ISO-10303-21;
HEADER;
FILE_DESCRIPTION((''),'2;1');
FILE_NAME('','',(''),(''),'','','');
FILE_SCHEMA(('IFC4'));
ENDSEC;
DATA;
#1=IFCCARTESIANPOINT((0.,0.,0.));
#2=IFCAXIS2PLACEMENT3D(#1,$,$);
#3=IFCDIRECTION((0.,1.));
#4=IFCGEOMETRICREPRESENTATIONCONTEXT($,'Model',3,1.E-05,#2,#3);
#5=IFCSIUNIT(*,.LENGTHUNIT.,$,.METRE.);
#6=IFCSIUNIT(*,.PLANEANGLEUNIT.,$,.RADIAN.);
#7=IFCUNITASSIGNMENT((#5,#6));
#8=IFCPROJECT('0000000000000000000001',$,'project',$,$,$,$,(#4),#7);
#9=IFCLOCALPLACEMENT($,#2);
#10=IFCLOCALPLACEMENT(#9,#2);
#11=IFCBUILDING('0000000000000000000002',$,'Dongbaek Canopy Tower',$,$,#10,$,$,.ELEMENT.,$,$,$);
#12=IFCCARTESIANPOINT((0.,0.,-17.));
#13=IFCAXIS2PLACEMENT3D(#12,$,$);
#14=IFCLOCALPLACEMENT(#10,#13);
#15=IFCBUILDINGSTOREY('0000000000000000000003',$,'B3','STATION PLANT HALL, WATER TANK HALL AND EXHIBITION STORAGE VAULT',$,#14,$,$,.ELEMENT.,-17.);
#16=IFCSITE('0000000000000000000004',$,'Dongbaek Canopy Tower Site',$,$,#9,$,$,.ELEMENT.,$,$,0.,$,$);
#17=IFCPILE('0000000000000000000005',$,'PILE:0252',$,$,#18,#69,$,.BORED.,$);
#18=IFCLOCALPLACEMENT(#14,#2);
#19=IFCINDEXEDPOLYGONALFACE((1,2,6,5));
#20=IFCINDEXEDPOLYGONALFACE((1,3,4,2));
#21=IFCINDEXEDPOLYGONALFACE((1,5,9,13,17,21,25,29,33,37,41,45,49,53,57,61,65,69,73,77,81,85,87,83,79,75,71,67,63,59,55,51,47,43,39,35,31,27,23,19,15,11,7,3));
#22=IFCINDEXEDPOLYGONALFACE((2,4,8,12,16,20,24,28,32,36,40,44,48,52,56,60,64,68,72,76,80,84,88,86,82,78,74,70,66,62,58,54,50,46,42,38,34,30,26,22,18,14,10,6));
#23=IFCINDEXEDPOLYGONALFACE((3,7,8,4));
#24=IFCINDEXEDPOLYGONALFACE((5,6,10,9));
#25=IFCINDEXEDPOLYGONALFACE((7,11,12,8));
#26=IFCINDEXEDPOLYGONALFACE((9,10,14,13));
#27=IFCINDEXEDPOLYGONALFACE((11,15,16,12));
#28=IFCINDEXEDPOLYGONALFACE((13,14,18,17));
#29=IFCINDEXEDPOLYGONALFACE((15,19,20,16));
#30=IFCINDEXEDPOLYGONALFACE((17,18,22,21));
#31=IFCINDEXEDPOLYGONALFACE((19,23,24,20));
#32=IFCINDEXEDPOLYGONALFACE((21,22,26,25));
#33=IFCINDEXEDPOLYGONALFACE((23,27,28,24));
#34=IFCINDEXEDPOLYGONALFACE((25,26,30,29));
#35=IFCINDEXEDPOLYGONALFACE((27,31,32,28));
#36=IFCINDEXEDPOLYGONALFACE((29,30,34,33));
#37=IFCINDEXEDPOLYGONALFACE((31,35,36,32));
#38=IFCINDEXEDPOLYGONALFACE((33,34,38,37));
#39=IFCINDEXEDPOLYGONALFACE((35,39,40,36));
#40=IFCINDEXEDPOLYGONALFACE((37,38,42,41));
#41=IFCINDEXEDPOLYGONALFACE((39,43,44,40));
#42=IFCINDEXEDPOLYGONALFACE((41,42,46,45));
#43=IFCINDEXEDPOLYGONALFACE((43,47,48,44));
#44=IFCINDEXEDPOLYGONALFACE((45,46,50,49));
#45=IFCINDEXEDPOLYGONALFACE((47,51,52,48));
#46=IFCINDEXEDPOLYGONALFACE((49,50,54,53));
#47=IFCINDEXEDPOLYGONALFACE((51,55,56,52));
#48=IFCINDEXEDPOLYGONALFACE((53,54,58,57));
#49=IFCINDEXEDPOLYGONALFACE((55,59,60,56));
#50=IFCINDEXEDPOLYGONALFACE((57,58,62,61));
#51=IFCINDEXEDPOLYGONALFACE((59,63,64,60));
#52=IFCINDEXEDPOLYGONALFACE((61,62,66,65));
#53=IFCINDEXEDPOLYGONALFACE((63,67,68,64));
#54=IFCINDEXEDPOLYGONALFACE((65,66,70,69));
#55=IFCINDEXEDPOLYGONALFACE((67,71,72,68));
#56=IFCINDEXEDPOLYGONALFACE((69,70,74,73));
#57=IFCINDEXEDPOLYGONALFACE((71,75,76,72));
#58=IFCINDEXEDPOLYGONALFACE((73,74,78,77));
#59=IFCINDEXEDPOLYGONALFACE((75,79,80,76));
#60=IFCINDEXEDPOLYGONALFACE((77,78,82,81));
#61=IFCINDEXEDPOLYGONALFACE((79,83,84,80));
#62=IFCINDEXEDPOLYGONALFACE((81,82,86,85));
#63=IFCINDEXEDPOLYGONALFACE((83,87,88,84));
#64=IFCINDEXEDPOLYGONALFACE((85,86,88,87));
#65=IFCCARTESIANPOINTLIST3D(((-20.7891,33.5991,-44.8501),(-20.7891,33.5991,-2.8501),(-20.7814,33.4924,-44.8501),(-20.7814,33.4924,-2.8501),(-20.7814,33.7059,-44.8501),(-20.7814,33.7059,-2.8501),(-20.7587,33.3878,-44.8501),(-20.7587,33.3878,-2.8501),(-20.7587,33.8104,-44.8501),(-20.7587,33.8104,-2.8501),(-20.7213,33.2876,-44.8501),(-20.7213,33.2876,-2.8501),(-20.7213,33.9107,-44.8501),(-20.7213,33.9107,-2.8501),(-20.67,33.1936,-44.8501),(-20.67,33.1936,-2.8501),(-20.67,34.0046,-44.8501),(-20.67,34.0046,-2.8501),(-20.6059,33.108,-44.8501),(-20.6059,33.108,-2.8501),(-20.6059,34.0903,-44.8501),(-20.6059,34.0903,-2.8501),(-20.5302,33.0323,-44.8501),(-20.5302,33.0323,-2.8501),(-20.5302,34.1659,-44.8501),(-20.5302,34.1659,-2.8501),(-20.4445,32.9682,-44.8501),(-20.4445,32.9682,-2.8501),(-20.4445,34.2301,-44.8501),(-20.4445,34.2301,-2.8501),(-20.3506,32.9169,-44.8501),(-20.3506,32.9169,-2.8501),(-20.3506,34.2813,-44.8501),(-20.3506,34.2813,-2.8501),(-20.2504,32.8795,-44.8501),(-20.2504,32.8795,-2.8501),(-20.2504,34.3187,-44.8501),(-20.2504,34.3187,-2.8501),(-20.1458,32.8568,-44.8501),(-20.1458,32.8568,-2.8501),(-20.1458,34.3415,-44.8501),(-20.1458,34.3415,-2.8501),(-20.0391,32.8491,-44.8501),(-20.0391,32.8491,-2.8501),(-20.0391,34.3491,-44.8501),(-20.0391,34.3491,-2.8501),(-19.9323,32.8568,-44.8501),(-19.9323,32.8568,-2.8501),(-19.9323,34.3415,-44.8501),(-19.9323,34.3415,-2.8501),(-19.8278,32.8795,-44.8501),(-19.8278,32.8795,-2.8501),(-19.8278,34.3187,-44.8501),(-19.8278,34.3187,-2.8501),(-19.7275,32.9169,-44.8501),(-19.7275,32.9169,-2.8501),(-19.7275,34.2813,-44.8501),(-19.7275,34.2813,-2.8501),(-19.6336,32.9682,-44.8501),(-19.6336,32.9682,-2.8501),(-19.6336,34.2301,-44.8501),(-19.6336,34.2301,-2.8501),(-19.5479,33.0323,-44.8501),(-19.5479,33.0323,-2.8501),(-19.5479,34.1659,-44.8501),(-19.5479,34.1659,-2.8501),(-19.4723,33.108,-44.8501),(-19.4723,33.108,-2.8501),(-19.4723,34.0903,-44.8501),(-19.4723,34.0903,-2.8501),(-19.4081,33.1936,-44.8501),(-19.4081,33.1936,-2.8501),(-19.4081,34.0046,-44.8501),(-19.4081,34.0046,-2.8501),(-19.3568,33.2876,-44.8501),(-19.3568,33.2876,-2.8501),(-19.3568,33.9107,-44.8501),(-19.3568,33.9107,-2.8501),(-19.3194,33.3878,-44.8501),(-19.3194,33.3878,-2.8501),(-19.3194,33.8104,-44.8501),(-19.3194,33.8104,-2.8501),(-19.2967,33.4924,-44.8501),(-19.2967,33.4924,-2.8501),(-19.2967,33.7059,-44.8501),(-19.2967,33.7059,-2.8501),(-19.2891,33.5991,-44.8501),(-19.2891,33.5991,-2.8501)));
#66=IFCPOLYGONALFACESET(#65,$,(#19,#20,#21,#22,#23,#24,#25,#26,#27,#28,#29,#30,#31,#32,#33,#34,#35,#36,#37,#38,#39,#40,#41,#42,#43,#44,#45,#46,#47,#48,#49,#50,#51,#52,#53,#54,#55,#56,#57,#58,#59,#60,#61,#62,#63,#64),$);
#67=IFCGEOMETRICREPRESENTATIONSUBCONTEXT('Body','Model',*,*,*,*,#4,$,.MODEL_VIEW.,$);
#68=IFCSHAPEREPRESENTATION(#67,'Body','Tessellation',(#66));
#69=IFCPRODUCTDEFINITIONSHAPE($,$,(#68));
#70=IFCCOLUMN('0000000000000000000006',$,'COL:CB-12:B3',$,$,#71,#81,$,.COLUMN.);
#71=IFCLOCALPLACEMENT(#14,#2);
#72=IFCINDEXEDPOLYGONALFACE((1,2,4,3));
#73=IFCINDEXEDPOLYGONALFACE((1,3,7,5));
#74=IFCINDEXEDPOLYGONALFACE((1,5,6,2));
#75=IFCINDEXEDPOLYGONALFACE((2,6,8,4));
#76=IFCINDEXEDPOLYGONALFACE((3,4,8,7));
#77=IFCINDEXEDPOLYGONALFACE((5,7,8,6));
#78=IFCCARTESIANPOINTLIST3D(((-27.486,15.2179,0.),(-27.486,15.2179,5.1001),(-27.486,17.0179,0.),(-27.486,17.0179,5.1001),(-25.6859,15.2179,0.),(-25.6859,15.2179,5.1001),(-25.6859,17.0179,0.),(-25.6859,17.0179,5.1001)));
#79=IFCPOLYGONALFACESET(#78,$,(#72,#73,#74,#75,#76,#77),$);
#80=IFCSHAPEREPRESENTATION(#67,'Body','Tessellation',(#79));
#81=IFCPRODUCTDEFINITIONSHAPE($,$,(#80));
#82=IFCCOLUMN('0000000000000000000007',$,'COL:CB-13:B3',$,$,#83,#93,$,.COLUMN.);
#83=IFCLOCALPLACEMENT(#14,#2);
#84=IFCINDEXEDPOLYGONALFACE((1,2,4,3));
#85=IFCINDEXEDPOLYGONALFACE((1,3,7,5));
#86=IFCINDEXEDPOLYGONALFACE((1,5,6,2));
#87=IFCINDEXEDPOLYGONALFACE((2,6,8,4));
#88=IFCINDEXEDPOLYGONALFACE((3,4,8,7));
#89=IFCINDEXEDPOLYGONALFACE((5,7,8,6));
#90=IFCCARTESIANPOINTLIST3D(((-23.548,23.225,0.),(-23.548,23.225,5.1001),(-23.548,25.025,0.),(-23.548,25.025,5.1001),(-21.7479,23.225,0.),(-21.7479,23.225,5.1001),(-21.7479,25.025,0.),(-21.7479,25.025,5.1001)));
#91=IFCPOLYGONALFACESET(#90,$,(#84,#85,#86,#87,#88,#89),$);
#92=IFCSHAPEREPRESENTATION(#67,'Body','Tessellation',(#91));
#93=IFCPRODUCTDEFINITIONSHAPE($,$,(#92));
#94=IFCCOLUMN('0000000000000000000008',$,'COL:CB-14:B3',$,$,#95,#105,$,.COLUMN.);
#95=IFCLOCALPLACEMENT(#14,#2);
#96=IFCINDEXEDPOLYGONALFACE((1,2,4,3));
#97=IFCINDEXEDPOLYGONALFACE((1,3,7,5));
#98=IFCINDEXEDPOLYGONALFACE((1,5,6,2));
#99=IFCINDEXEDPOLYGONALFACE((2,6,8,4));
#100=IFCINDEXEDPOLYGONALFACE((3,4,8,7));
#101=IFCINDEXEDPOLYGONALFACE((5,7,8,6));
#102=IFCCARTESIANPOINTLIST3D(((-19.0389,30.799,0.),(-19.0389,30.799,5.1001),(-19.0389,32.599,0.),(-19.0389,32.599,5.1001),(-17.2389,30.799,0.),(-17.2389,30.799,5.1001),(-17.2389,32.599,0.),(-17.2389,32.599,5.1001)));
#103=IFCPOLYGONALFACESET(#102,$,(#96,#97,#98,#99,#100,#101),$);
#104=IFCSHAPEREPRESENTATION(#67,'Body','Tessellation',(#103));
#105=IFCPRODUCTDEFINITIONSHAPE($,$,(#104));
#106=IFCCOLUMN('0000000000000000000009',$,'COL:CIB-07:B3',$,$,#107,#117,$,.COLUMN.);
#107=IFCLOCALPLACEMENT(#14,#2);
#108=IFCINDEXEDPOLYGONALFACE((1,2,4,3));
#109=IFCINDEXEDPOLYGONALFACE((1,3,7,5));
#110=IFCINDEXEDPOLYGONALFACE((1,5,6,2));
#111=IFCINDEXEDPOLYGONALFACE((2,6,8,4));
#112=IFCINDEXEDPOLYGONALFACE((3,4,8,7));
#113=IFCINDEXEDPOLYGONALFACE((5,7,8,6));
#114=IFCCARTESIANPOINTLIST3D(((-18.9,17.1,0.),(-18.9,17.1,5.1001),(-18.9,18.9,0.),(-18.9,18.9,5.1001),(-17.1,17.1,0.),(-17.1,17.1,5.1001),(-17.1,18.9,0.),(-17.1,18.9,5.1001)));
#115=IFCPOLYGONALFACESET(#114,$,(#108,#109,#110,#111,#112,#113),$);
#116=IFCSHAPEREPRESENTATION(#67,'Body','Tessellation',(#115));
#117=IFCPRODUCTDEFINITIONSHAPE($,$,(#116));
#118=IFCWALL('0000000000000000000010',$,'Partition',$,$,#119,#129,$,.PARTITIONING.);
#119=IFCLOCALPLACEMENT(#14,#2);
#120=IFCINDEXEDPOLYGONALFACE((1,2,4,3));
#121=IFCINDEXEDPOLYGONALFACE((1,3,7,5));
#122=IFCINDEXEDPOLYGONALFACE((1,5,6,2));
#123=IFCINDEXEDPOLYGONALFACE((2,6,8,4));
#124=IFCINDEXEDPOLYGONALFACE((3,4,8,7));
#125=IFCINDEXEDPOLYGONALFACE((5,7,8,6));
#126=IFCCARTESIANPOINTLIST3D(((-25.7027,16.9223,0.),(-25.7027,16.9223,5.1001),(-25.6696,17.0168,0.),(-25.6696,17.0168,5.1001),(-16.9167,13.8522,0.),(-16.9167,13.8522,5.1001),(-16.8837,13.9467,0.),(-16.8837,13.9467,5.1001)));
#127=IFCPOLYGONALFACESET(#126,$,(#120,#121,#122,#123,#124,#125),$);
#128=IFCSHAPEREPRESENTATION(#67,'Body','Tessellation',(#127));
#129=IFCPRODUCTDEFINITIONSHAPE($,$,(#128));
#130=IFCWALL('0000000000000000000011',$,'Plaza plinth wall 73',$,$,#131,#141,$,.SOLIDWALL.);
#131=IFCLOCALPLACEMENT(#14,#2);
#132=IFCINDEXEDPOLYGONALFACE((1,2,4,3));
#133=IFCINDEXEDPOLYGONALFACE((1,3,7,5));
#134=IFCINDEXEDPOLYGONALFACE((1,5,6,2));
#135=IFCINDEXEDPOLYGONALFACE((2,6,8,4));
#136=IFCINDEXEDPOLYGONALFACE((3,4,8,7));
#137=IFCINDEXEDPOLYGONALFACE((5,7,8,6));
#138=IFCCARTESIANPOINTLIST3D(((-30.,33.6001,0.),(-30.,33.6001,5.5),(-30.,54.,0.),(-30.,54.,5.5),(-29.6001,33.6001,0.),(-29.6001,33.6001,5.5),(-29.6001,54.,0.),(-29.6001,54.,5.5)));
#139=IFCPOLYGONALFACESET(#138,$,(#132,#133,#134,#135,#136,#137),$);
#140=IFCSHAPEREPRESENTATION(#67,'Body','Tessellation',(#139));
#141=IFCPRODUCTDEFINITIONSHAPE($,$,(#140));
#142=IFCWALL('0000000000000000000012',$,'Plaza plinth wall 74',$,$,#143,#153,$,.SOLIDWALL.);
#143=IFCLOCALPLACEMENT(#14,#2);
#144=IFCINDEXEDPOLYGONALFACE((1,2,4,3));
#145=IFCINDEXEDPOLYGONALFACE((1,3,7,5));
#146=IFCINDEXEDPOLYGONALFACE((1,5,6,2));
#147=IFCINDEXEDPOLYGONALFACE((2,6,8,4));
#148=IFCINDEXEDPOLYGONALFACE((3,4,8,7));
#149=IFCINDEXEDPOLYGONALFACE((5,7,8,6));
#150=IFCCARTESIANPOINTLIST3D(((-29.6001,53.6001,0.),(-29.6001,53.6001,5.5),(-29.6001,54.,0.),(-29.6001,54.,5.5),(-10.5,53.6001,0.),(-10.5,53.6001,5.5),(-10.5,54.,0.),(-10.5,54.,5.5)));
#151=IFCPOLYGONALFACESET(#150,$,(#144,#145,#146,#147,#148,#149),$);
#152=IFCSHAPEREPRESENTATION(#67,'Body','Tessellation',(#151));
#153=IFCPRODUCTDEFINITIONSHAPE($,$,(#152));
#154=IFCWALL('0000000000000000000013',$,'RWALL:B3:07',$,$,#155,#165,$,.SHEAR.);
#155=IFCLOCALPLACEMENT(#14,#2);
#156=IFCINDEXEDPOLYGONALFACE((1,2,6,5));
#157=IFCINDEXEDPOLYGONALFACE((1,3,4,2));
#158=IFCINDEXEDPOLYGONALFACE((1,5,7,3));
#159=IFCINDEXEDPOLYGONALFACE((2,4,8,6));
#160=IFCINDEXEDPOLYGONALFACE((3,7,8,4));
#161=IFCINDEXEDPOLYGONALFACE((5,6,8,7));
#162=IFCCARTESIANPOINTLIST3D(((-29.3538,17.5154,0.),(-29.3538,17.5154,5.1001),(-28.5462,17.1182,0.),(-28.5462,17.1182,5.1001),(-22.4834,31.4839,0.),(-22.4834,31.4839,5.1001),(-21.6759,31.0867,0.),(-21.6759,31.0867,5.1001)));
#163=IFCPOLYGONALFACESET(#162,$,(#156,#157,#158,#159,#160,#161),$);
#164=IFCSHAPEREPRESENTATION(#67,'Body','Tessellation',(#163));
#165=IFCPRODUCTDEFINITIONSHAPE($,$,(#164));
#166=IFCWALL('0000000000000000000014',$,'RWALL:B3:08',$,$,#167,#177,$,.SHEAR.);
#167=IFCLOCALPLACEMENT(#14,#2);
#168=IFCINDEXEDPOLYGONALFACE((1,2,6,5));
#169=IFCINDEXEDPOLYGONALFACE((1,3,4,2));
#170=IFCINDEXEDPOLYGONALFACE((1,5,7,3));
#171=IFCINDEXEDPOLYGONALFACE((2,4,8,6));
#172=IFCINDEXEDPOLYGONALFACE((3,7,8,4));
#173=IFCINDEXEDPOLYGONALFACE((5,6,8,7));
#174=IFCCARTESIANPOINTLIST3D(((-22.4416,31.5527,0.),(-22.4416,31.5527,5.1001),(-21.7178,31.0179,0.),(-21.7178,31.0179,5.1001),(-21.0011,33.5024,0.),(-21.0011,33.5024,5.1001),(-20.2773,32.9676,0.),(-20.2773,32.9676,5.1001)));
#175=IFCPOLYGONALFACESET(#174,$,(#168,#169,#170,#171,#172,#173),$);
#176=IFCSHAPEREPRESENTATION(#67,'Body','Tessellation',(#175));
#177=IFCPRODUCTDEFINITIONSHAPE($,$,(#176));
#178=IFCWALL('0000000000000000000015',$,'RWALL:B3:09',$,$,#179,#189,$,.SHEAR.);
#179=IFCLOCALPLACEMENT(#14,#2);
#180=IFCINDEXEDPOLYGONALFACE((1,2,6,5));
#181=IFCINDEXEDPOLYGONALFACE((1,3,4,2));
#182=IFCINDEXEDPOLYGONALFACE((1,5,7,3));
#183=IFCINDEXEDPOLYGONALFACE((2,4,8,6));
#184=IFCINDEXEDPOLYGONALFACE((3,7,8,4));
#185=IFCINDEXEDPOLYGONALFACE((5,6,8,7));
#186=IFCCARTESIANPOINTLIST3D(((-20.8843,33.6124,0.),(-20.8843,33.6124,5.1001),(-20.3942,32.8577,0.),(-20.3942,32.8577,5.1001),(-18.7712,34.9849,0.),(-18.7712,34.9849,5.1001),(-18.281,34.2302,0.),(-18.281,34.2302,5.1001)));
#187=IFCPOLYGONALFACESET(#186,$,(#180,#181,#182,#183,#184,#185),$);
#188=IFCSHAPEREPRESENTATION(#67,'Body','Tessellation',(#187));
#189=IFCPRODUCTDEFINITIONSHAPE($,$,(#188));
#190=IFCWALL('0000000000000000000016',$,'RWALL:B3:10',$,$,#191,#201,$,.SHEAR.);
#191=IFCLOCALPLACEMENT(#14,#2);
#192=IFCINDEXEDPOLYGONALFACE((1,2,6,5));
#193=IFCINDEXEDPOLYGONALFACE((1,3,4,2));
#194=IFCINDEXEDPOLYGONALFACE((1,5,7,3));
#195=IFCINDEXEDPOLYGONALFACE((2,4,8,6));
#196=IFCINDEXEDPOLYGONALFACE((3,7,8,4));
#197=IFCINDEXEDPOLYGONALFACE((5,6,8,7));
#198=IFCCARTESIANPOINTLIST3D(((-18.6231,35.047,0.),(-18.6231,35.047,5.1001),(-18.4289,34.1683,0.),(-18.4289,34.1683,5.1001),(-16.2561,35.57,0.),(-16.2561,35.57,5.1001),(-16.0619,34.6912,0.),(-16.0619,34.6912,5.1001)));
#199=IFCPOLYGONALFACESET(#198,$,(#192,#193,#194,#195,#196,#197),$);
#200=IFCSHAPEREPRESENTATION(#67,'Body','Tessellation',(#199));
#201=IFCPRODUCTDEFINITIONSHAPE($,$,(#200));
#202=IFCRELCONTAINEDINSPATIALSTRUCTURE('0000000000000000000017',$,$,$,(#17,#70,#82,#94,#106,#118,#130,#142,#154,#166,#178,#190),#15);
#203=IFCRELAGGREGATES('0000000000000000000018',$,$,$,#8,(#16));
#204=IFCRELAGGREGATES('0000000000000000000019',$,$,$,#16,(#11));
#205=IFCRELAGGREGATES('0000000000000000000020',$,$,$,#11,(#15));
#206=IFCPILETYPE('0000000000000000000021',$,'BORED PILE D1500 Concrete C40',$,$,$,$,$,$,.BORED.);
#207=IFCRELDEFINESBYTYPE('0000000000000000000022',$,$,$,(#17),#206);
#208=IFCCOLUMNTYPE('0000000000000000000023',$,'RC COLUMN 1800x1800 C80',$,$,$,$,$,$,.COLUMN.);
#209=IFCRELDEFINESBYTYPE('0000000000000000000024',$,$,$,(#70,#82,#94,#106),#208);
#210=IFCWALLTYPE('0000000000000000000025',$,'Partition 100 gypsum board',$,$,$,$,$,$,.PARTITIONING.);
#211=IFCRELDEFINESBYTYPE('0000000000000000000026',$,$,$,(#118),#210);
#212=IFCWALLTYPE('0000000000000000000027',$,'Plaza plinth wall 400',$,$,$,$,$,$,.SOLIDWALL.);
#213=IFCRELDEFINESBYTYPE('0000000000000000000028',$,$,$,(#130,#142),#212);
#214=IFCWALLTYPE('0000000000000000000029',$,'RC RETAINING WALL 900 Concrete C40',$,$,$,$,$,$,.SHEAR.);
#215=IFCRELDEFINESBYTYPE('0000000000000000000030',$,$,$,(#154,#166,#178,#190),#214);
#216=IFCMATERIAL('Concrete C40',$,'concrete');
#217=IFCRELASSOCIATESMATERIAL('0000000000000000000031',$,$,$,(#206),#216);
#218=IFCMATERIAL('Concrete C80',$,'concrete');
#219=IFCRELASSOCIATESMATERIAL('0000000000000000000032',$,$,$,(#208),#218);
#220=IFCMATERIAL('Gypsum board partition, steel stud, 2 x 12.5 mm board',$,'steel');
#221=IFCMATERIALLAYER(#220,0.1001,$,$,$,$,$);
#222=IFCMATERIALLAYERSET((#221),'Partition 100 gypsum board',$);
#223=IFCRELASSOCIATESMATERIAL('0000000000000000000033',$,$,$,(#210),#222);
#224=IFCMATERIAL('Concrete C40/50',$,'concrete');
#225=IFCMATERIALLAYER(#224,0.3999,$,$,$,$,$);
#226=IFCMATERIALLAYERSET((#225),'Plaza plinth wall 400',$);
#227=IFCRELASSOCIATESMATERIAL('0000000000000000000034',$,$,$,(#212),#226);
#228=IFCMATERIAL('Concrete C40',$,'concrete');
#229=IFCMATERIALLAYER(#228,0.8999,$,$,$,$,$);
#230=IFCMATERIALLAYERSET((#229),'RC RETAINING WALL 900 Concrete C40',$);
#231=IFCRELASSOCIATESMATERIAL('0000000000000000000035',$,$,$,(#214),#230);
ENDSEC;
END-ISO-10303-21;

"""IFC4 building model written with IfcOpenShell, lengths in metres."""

from ifc_helpers import new_model, si_unit, direction, frame, frame_2d, origin, origin_2d, place, context, subcontext, project, spatial, rectangle, circle, extrude, material, layer, layer_set, material_profile, profile_set, type_object, element, save


model = new_model("IFC4")

# Units and contexts
model_context = context("Model", 3, precision=1e-05, world=origin(), true_north=direction((0.0, 1.0)))
body_context = subcontext(model_context, "Body", "Model", "MODEL_VIEW")
ifc_project = project(units=[si_unit("LENGTHUNIT", "METRE"), si_unit("PLANEANGLEUNIT", "RADIAN")], contexts=[model_context])

# Site, building, storey
site_placement = place(None, origin())
site = spatial("IfcSite", under=ifc_project, at=site_placement, Name="Dongbaek Canopy Tower Site", CompositionType="ELEMENT", RefElevation=0.0)
building_placement = place(site_placement, origin())
building = spatial("IfcBuilding", under=site, at=building_placement, Name="Dongbaek Canopy Tower", CompositionType="ELEMENT")
storey_placement = place(building_placement, frame((0.0, 0.0, -17.0)))
storey = spatial("IfcBuildingStorey", under=building, at=storey_placement, Name="B3", Description="STATION PLANT HALL, WATER TANK HALL AND EXHIBITION STORAGE VAULT", CompositionType="ELEMENT", Elevation=-17.0)

# Pile
ifc_material_1 = material(Name="Concrete C40", Category="concrete")
ifc_material_profile_1 = material_profile(ifc_material_1, circle(Radius=0.75, at=origin_2d()), Name="BORED PILE D1500 Concrete C40")
ifc_profile_set_1 = profile_set([ifc_material_profile_1], Name="Concrete C40")
pile_type = type_object("IfcPileType", Name="BORED PILE D1500 Concrete C40", PredefinedType="BORED", material=ifc_profile_set_1)
for number, where, z_axis, x_axis, name in (
    (1, (-20.0391, 33.5991, -2.8501), (0.0, 0.0, -1.0), (1.0, 0.0, 0.0), "PILE:0252"),
):
    element("IfcPile", number, at=place(storey_placement, frame(where, z_axis=z_axis, x_axis=x_axis)), inside=storey, type_object=pile_type, Name=name, PredefinedType="BORED", context=body_context, shape_type="SweptSolid", body=[
        extrude(circle(Radius=0.75, at=origin_2d()), origin(), (0.0, 0.0, 1.0), 42.0),
    ])

# Columns
ifc_material_2 = material(Name="Concrete C80", Category="concrete")
ifc_material_profile_2 = material_profile(ifc_material_2, rectangle(XDim=1.8, YDim=1.8, at=origin_2d()), Name="RC COLUMN 1800x1800 C80")
ifc_profile_set_2 = profile_set([ifc_material_profile_2], Name="Concrete C80")
column_type = type_object("IfcColumnType", Name="RC COLUMN 1800x1800 C80", PredefinedType="COLUMN", material=ifc_profile_set_2)
for number, where, z_axis, x_axis, name in (
    (2, (-26.5859, 16.1179, 0.0), (0.0, 0.0, 1.0), (1.0, 0.0, 0.0), "COL:CB-12:B3"),
    (3, (-22.6479, 24.125, 0.0), (0.0, 0.0, 1.0), (1.0, 0.0, 0.0), "COL:CB-13:B3"),
    (4, (-18.1389, 31.699, 0.0), (0.0, 0.0, 1.0), (1.0, 0.0, 0.0), "COL:CB-14:B3"),
    (5, (-18.0, 18.0, 0.0), (0.0, 0.0, 1.0), (1.0, 0.0, 0.0), "COL:CIB-07:B3"),
):
    element("IfcColumn", number, at=place(storey_placement, frame(where, z_axis=z_axis, x_axis=x_axis)), inside=storey, type_object=column_type, Name=name, PredefinedType="COLUMN", context=body_context, shape_type="SweptSolid", body=[
        extrude(rectangle(XDim=1.8, YDim=1.8, at=origin_2d()), origin(), (0.0, 0.0, 1.0), 5.1001),
    ])

# Walls
ifc_material_3 = material(Name="Gypsum board partition, steel stud, 2 x 12.5 mm board", Category="steel")
ifc_layer_1 = layer(ifc_material_3, 0.1001)
ifc_layer_set_1 = layer_set([ifc_layer_1], Name="Partition 100 gypsum board")
wall_type_1 = type_object("IfcWallType", Name="Partition 100 gypsum board", PredefinedType="PARTITIONING", material=ifc_layer_set_1)
wall_1_placement = place(storey_placement, frame((-25.686, 16.9695, 0.0), z_axis=(0.0, 0.0, 1.0), x_axis=(0.944026, -0.329872, 0.0)))
element("IfcWall", 6, at=wall_1_placement, inside=storey, type_object=wall_type_1, Name="Partition", PredefinedType="PARTITIONING", context=body_context, shape_type="SweptSolid", body=[
    extrude(rectangle(XDim=9.3069, YDim=0.1001, at=frame_2d((4.6533, 0.0))), origin(), (0.0, 0.0, 1.0), 5.1001),
])
ifc_material_4 = material(Name="Concrete C40/50", Category="concrete")
ifc_layer_2 = layer(ifc_material_4, 0.3999)
ifc_layer_set_2 = layer_set([ifc_layer_2], Name="Plaza plinth wall 400")
wall_type_2 = type_object("IfcWallType", Name="Plaza plinth wall 400", PredefinedType="SOLIDWALL", material=ifc_layer_set_2)
wall_2_placement = place(storey_placement, frame((-29.8, 33.6001, 0.0), z_axis=(0.0, 0.0, 1.0), x_axis=(0.0, 1.0, 0.0)))
element("IfcWall", 7, at=wall_2_placement, inside=storey, type_object=wall_type_2, Name="Plaza plinth wall 73", PredefinedType="SOLIDWALL", context=body_context, shape_type="SweptSolid", body=[
    extrude(rectangle(XDim=20.3999, YDim=0.3999, at=frame_2d((10.2, 0.0))), origin(), (0.0, 0.0, 1.0), 5.5),
])
wall_3_placement = place(storey_placement, frame((-29.6001, 53.8, 0.0), z_axis=(0.0, 0.0, 1.0), x_axis=(1.0, 0.0, 0.0)))
element("IfcWall", 8, at=wall_3_placement, inside=storey, type_object=wall_type_2, Name="Plaza plinth wall 74", PredefinedType="SOLIDWALL", context=body_context, shape_type="SweptSolid", body=[
    extrude(rectangle(XDim=19.1001, YDim=0.3999, at=frame_2d((9.55, 0.0))), origin(), (0.0, 0.0, 1.0), 5.5),
])
ifc_material_5 = material(Name="Concrete C40", Category="concrete")
ifc_layer_3 = layer(ifc_material_5, 0.8999)
ifc_layer_set_3 = layer_set([ifc_layer_3], Name="RC RETAINING WALL 900 Concrete C40")
wall_type_3 = type_object("IfcWallType", Name="RC RETAINING WALL 900 Concrete C40", PredefinedType="SHEAR", material=ifc_layer_set_3)
wall_4_placement = place(storey_placement, frame((-28.95, 17.3169, 0.0), z_axis=(0.0, 0.0, 1.0), x_axis=(0.441351, 0.897335, 0.0)))
element("IfcWall", 9, at=wall_4_placement, inside=storey, type_object=wall_type_3, Name="RWALL:B3:07", PredefinedType="SHEAR", context=body_context, shape_type="SweptSolid", body=[
    extrude(rectangle(XDim=15.5667, YDim=0.8999, at=frame_2d((7.7832, 0.0))), origin(), (0.0, 0.0, 1.0), 5.1001),
])
wall_5_placement = place(storey_placement, frame((-22.0796, 31.2854, 0.0), z_axis=(0.0, 0.0, 1.0), x_axis=(0.594215, 0.804306, 0.0)))
element("IfcWall", 10, at=wall_5_placement, inside=storey, type_object=wall_type_3, Name="RWALL:B3:08", PredefinedType="SHEAR", context=body_context, shape_type="SweptSolid", body=[
    extrude(rectangle(XDim=2.4241, YDim=0.8999, at=frame_2d((1.2119, 0.0))), origin(), (0.0, 0.0, 1.0), 5.1001),
])
wall_6_placement = place(storey_placement, frame((-20.6392, 33.2351, 0.0), z_axis=(0.0, 0.0, 1.0), x_axis=(0.838638, 0.544689, 0.0)))
element("IfcWall", 11, at=wall_6_placement, inside=storey, type_object=wall_type_3, Name="RWALL:B3:09", PredefinedType="SHEAR", context=body_context, shape_type="SweptSolid", body=[
    extrude(rectangle(XDim=2.5198, YDim=0.8999, at=frame_2d((1.2598, 0.0))), origin(), (0.0, 0.0, 1.0), 5.1001),
])
wall_7_placement = place(storey_placement, frame((-18.5259, 34.6077, 0.0), z_axis=(0.0, 0.0, 1.0), x_axis=(0.976452, 0.215736, 0.0)))
element("IfcWall", 12, at=wall_7_placement, inside=storey, type_object=wall_type_3, Name="RWALL:B3:10", PredefinedType="SHEAR", context=body_context, shape_type="SweptSolid", body=[
    extrude(rectangle(XDim=2.4241, YDim=0.8999, at=frame_2d((1.2119, 0.0))), origin(), (0.0, 0.0, 1.0), 5.1001),
])

save(model, "model.ifc")
